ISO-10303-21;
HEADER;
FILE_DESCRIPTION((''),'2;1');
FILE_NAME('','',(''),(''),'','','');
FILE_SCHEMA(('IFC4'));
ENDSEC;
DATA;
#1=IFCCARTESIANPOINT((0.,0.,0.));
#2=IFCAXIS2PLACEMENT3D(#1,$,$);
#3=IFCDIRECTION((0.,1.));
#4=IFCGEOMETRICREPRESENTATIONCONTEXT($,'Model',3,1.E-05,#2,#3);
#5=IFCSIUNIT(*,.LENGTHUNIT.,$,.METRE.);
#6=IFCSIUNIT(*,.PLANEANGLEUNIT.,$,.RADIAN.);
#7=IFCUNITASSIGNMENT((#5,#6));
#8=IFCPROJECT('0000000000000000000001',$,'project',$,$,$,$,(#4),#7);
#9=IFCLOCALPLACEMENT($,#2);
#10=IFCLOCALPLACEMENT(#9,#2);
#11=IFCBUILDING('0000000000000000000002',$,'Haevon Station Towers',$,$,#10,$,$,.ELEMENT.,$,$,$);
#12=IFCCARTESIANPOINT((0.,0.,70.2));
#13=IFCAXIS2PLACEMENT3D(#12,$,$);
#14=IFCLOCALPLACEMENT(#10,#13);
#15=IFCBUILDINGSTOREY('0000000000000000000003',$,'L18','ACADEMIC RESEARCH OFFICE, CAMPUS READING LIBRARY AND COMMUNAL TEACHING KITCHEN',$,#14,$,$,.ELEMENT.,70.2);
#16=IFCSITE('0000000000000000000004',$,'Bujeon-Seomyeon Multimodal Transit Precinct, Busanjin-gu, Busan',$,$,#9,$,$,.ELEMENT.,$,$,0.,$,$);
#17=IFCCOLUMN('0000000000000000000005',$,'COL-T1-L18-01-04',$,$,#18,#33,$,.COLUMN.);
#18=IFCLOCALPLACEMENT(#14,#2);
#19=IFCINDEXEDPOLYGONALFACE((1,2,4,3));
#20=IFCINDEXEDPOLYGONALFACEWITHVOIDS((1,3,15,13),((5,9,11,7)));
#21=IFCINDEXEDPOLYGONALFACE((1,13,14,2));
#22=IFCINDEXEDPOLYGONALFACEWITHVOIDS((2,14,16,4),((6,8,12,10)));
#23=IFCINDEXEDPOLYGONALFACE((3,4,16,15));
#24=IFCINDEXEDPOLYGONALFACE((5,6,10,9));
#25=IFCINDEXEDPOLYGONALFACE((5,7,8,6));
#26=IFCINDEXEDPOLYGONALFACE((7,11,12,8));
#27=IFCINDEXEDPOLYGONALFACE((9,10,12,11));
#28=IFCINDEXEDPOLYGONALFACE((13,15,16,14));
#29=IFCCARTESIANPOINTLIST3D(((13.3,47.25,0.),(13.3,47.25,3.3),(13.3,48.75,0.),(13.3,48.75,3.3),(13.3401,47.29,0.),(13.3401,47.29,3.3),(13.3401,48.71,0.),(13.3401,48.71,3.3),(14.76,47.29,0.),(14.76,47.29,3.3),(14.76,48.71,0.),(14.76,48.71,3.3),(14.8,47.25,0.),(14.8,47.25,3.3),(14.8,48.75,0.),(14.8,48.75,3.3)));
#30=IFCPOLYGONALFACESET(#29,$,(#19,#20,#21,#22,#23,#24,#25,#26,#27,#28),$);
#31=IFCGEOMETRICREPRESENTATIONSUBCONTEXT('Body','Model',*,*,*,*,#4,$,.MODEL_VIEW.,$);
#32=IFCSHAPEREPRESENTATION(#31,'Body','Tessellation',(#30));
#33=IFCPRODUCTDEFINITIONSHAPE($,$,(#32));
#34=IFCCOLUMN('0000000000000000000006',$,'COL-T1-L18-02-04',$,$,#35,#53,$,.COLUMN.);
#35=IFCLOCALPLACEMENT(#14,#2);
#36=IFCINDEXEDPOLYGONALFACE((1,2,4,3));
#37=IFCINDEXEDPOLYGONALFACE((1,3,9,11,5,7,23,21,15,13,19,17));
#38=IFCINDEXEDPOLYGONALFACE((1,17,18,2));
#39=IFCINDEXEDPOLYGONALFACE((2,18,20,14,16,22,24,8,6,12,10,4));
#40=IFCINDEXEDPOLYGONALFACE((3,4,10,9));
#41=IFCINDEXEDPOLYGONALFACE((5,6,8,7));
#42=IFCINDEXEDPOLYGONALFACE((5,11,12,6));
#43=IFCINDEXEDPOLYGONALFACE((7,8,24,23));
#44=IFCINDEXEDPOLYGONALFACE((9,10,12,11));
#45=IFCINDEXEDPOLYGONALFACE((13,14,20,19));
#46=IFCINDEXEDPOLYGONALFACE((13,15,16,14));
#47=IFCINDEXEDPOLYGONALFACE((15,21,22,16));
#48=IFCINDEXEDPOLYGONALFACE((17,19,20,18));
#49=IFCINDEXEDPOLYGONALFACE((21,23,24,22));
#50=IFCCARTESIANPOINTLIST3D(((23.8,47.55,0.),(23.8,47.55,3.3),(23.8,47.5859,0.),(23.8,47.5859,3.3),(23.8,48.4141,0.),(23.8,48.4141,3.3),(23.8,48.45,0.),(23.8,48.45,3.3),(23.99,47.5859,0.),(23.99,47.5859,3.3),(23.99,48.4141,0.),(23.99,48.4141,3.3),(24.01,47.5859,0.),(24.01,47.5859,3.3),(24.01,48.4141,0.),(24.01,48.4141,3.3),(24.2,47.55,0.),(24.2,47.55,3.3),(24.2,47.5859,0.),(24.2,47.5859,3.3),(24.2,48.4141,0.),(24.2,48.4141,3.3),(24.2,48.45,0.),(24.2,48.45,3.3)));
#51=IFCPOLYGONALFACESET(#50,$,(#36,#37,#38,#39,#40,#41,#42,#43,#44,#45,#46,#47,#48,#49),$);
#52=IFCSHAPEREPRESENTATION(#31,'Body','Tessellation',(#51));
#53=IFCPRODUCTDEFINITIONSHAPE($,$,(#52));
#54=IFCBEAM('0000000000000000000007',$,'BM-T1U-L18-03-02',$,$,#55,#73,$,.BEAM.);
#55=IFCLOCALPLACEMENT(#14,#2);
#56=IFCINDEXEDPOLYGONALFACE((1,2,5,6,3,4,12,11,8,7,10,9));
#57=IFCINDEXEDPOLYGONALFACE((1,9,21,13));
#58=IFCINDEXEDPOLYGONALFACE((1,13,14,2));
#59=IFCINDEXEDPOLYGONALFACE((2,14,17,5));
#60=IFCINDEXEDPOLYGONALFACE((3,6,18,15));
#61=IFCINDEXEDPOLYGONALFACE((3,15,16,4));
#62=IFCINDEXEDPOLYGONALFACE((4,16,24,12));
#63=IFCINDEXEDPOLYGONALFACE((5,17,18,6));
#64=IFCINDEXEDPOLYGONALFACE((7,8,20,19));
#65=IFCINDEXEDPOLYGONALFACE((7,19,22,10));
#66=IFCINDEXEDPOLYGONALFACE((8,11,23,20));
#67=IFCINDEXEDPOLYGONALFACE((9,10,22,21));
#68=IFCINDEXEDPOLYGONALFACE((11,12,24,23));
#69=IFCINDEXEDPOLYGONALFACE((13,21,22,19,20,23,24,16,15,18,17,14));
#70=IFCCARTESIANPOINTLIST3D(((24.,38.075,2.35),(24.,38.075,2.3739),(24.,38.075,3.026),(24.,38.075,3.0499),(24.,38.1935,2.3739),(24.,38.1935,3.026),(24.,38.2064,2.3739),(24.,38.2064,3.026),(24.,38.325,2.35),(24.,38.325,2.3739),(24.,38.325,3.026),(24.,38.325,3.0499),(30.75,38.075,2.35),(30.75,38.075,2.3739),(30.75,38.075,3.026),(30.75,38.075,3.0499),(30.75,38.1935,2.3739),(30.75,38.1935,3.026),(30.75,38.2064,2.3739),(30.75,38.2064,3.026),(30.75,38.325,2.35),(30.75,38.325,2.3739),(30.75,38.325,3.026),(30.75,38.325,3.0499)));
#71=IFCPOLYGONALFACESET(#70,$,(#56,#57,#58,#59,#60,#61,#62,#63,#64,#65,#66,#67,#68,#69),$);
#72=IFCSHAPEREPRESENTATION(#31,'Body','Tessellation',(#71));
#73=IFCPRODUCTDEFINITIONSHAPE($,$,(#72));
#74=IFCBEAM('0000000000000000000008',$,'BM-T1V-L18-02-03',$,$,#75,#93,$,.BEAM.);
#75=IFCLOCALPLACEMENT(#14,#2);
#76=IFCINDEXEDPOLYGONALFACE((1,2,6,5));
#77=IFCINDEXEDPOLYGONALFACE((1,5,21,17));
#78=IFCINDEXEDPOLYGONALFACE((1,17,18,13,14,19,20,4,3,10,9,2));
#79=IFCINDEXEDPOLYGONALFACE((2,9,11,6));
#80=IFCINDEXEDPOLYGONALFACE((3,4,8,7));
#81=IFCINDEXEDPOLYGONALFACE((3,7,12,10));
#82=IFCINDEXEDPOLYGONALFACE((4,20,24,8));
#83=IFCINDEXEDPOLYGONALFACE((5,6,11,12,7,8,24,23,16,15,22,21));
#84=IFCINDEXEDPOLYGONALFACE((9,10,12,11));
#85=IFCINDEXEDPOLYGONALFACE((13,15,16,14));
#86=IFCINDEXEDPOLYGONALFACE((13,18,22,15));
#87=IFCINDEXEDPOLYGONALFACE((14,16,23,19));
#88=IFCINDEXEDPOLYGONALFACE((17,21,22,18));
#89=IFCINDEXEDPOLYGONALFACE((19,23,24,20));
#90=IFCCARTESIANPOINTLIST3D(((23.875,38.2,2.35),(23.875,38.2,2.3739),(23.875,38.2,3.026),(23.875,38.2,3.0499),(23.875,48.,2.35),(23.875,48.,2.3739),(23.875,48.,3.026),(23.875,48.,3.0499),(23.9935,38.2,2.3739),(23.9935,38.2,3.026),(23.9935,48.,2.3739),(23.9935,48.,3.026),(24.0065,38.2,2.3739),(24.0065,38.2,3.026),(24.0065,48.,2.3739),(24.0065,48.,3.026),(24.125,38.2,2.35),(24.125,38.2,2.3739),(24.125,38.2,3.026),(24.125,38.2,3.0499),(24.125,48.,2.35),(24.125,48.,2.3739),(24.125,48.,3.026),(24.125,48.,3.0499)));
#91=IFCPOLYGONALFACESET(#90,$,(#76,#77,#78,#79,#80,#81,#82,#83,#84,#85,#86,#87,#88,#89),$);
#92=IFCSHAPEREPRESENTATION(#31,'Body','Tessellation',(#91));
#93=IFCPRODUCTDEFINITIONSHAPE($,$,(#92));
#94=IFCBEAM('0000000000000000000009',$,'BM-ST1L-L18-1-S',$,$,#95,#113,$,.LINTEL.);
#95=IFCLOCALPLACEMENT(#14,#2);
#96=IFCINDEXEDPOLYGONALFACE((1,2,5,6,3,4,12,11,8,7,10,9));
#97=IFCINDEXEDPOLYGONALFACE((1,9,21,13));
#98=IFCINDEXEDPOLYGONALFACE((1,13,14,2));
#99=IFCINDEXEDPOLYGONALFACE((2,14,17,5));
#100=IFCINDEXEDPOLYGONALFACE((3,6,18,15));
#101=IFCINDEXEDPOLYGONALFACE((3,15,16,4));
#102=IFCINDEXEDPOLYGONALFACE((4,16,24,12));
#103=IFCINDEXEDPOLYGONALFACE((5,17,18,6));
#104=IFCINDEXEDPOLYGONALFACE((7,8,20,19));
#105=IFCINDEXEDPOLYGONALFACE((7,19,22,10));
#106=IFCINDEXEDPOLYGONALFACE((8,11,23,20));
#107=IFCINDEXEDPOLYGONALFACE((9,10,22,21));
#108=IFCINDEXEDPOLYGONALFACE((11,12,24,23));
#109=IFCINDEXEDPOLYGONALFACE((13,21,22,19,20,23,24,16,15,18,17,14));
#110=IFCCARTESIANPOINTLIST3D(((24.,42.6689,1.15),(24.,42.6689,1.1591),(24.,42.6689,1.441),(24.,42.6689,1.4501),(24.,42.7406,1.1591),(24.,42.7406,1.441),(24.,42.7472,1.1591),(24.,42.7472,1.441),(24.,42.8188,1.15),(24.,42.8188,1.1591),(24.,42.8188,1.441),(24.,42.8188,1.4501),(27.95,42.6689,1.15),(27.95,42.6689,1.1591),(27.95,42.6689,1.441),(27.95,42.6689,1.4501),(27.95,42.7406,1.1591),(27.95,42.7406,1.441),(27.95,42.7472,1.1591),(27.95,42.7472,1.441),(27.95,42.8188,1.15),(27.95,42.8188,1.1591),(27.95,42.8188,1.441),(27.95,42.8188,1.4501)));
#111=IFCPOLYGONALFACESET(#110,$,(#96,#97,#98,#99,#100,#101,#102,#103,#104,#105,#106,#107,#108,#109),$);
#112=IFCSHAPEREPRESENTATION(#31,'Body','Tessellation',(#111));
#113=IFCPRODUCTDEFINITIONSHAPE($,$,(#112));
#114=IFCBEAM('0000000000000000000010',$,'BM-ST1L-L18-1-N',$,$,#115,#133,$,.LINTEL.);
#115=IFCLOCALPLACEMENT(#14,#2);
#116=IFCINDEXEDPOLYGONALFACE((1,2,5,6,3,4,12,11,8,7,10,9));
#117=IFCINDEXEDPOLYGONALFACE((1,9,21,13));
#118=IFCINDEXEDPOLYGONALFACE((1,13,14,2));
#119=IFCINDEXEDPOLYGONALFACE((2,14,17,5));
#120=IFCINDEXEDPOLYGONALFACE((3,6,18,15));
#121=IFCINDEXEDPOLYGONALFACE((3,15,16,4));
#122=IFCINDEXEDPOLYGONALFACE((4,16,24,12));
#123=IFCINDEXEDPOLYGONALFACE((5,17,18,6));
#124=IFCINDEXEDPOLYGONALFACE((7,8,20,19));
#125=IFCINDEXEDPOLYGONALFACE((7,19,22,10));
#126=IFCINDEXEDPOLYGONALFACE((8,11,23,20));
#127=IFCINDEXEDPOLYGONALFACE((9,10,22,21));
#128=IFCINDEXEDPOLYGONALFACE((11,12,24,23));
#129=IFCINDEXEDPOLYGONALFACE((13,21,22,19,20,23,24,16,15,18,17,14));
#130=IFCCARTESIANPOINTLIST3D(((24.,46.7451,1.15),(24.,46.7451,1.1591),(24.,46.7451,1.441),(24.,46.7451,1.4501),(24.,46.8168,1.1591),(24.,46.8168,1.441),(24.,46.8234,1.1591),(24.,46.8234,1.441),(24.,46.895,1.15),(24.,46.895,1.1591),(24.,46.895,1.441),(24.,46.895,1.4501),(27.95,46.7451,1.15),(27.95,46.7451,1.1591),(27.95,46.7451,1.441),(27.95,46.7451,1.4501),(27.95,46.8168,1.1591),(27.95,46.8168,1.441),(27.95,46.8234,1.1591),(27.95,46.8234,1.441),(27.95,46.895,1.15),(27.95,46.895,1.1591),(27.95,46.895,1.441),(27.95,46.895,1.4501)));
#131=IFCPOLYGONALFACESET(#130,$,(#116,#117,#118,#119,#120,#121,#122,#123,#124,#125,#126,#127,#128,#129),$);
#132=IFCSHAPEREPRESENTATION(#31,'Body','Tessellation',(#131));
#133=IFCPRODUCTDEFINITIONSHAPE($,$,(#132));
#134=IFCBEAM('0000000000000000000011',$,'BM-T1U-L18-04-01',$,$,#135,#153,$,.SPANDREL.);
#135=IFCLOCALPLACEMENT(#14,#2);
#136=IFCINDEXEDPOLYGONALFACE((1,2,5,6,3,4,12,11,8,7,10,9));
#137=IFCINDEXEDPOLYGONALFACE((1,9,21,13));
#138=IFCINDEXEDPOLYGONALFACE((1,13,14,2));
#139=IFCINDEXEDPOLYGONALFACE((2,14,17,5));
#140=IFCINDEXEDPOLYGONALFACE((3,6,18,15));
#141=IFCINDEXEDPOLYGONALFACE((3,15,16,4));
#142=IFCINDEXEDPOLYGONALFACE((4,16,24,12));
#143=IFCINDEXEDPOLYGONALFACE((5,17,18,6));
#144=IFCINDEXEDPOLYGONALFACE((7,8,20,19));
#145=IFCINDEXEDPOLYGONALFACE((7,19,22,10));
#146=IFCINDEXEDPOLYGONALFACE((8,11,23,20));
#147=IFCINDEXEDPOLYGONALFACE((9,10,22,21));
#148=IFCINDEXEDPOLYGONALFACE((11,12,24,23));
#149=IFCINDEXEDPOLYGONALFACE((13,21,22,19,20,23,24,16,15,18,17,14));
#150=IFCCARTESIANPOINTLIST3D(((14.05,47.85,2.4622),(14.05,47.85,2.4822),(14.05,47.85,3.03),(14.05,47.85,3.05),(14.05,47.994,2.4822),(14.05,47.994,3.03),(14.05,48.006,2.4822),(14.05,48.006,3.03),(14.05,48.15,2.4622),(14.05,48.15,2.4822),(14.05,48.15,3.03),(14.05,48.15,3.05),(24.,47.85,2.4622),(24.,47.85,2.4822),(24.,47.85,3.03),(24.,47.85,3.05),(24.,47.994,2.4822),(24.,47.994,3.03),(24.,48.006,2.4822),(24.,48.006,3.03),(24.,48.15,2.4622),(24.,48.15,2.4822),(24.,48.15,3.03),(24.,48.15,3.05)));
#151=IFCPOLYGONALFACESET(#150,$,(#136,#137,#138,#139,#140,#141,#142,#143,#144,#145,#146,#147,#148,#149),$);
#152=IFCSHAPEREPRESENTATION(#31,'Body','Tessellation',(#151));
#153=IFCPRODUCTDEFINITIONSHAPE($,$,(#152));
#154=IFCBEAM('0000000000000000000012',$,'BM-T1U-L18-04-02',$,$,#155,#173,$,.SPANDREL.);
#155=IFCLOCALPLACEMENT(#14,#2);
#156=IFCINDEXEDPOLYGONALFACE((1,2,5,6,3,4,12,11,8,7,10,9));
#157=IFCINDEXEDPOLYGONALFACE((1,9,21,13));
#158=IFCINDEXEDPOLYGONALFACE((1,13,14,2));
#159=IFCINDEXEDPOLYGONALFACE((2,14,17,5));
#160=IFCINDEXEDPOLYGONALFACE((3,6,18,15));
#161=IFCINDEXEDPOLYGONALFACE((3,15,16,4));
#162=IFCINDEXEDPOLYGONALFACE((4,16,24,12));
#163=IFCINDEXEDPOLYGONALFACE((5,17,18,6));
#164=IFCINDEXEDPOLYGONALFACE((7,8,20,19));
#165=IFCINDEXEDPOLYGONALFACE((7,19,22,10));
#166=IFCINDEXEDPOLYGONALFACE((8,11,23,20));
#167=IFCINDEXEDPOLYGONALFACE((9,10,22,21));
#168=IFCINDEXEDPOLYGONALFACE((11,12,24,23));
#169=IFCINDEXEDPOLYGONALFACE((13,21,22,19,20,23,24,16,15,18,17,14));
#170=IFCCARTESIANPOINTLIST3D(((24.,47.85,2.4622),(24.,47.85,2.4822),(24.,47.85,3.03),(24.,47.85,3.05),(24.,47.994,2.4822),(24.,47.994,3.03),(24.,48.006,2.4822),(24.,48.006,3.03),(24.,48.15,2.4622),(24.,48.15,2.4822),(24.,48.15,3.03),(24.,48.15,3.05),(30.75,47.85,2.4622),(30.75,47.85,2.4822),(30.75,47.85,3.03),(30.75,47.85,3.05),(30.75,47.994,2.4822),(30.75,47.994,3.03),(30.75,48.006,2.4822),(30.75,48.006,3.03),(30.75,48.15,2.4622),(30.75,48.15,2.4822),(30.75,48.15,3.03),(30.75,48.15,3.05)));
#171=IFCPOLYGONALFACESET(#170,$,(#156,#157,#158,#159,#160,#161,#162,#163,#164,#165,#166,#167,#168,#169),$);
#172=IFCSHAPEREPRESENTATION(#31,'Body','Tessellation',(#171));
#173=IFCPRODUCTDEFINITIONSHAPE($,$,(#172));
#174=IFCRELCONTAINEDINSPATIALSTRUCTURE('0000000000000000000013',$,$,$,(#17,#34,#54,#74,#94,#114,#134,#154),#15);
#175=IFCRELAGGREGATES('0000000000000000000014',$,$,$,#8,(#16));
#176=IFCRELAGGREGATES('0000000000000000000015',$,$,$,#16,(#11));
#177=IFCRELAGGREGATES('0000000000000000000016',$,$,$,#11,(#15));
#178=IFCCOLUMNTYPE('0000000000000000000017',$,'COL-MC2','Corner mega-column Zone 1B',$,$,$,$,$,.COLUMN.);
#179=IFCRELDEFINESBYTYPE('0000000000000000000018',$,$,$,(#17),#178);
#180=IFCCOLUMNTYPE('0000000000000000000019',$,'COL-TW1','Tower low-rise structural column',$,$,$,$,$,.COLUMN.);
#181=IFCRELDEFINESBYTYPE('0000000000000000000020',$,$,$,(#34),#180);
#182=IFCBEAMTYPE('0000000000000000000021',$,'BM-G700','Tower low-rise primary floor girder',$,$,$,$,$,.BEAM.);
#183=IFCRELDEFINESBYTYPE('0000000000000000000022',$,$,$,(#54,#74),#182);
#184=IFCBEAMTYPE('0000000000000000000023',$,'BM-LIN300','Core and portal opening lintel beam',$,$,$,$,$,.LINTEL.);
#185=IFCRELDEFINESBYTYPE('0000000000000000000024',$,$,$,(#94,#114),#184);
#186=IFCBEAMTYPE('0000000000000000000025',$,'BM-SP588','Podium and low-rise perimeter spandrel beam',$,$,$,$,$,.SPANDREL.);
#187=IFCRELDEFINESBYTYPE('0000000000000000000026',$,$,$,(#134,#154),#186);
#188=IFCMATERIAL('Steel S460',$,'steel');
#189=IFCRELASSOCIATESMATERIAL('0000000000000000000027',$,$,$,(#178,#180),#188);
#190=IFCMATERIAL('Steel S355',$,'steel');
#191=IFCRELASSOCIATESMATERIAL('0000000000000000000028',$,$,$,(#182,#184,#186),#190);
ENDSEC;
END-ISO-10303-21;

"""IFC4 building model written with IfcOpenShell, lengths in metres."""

from ifc_helpers import new_model, si_unit, direction, frame, origin, origin_2d, place, context, subcontext, project, spatial, hollow_rectangle, i_section, extrude, material, material_profile, profile_set, type_object, element, save


model = new_model("IFC4")

# Units and contexts
model_context = context("Model", 3, precision=1e-05, world=origin(), true_north=direction((0.0, 1.0)))
body_context = subcontext(model_context, "Body", "Model", "MODEL_VIEW")
ifc_project = project(units=[si_unit("LENGTHUNIT", "METRE"), si_unit("PLANEANGLEUNIT", "RADIAN")], contexts=[model_context])

# Site, building, storey
site_placement = place(None, origin())
site = spatial("IfcSite", under=ifc_project, at=site_placement, Name="Bujeon-Seomyeon Multimodal Transit Precinct, Busanjin-gu, Busan", CompositionType="ELEMENT", RefElevation=0.0)
building_placement = place(site_placement, origin())
building = spatial("IfcBuilding", under=site, at=building_placement, Name="Haevon Station Towers", CompositionType="ELEMENT")
storey_placement = place(building_placement, frame((0.0, 0.0, 70.2)))
storey = spatial("IfcBuildingStorey", under=building, at=storey_placement, Name="L18", Description="ACADEMIC RESEARCH OFFICE, CAMPUS READING LIBRARY AND COMMUNAL TEACHING KITCHEN", CompositionType="ELEMENT", Elevation=70.2)

# Columns
ifc_material_1 = material(Name="Steel S460", Category="steel")
ifc_material_profile_1 = material_profile(ifc_material_1, hollow_rectangle(XDim=1.5, YDim=1.5, WallThickness=0.04, at=origin_2d()), Name="BOX-1500x1500x40")
ifc_profile_set_1 = profile_set([ifc_material_profile_1], Name="Steel S460")
column_type_1 = type_object("IfcColumnType", Name="COL-MC2", Description="Corner mega-column Zone 1B", PredefinedType="COLUMN", material=ifc_profile_set_1)
column_1_placement = place(storey_placement, frame((14.05, 48.0, 0.0), z_axis=(0.0, 0.0, 1.0), x_axis=(1.0, 0.0, 0.0)))
element("IfcColumn", 1, at=column_1_placement, inside=storey, type_object=column_type_1, Name="COL-T1-L18-01-04", PredefinedType="COLUMN", context=body_context, shape_type="SweptSolid", body=[
    extrude(hollow_rectangle(XDim=1.5, YDim=1.5, WallThickness=0.04, at=origin_2d()), origin(), (0.0, 0.0, 1.0), 3.3),
])
ifc_material_profile_2 = material_profile(ifc_material_1, i_section(OverallWidth=0.3999, OverallDepth=0.8999, WebThickness=0.02, FlangeThickness=0.0359, at=origin_2d()), Name="H-900x400x20x36")
ifc_profile_set_2 = profile_set([ifc_material_profile_2], Name="Steel S460")
column_type_2 = type_object("IfcColumnType", Name="COL-TW1", Description="Tower low-rise structural column", PredefinedType="COLUMN", material=ifc_profile_set_2)
column_2_placement = place(storey_placement, frame((24.0, 48.0, 0.0), z_axis=(0.0, 0.0, 1.0), x_axis=(1.0, 0.0, 0.0)))
element("IfcColumn", 2, at=column_2_placement, inside=storey, type_object=column_type_2, Name="COL-T1-L18-02-04", PredefinedType="COLUMN", context=body_context, shape_type="SweptSolid", body=[
    extrude(i_section(OverallWidth=0.3999, OverallDepth=0.8999, WebThickness=0.02, FlangeThickness=0.0359, at=origin_2d()), origin(), (0.0, 0.0, 1.0), 3.3),
])

# Beams
ifc_material_2 = material(Name="Steel S355", Category="steel")
ifc_material_profile_3 = material_profile(ifc_material_2, i_section(OverallWidth=0.25, OverallDepth=0.7, WebThickness=0.0129, FlangeThickness=0.0239, at=origin_2d()), Name="H-700x250x13x24")
ifc_profile_set_3 = profile_set([ifc_material_profile_3], Name="Steel S355")
beam_type_1 = type_object("IfcBeamType", Name="BM-G700", Description="Tower low-rise primary floor girder", PredefinedType="BEAM", material=ifc_profile_set_3)
beam_1_placement = place(storey_placement, frame((24.0, 38.2, 2.7), z_axis=(1.0, 0.0, 0.0), x_axis=(0.0, 1.0, 0.0)))
element("IfcBeam", 3, at=beam_1_placement, inside=storey, type_object=beam_type_1, Name="BM-T1U-L18-03-02", PredefinedType="BEAM", context=body_context, shape_type="SweptSolid", body=[
    extrude(i_section(OverallWidth=0.25, OverallDepth=0.7, WebThickness=0.0129, FlangeThickness=0.0239, at=origin_2d()), origin(), (0.0, 0.0, 1.0), 6.75),
])
beam_2_placement = place(storey_placement, frame((24.0, 38.2, 2.7), z_axis=(0.0, 1.0, 0.0), x_axis=(-1.0, 0.0, 0.0)))
element("IfcBeam", 4, at=beam_2_placement, inside=storey, type_object=beam_type_1, Name="BM-T1V-L18-02-03", PredefinedType="BEAM", context=body_context, shape_type="SweptSolid", body=[
    extrude(i_section(OverallWidth=0.25, OverallDepth=0.7, WebThickness=0.0129, FlangeThickness=0.0239, at=origin_2d()), origin(), (0.0, 0.0, 1.0), 9.8),
])
ifc_material_profile_4 = material_profile(ifc_material_2, i_section(OverallWidth=0.1499, OverallDepth=0.3, WebThickness=0.0066, FlangeThickness=0.009, at=origin_2d()), Name="H-300x150x6.5x9")
ifc_profile_set_4 = profile_set([ifc_material_profile_4], Name="Steel S355")
beam_type_2 = type_object("IfcBeamType", Name="BM-LIN300", Description="Core and portal opening lintel beam", PredefinedType="LINTEL", material=ifc_profile_set_4)
for number, where, z_axis, x_axis, name in (
    (5, (24.0, 42.7439, 1.3), (1.0, 0.0, 0.0), (0.0, 1.0, 0.0), "BM-ST1L-L18-1-S"),
    (6, (24.0, 46.8201, 1.3), (1.0, 0.0, 0.0), (0.0, 1.0, 0.0), "BM-ST1L-L18-1-N"),
):
    element("IfcBeam", number, at=place(storey_placement, frame(where, z_axis=z_axis, x_axis=x_axis)), inside=storey, type_object=beam_type_2, Name=name, PredefinedType="LINTEL", context=body_context, shape_type="SweptSolid", body=[
        extrude(i_section(OverallWidth=0.1499, OverallDepth=0.3, WebThickness=0.0066, FlangeThickness=0.009, at=origin_2d()), origin(), (0.0, 0.0, 1.0), 3.95),
    ])
ifc_material_profile_5 = material_profile(ifc_material_2, i_section(OverallWidth=0.3, OverallDepth=0.5879, WebThickness=0.012, FlangeThickness=0.02, at=origin_2d()), Name="H-588x300x12x20")
ifc_profile_set_5 = profile_set([ifc_material_profile_5], Name="Steel S355")
beam_type_3 = type_object("IfcBeamType", Name="BM-SP588", Description="Podium and low-rise perimeter spandrel beam", PredefinedType="SPANDREL", material=ifc_profile_set_5)
beam_3_placement = place(storey_placement, frame((14.05, 48.0, 2.7561), z_axis=(1.0, 0.0, 0.0), x_axis=(0.0, 1.0, 0.0)))
element("IfcBeam", 7, at=beam_3_placement, inside=storey, type_object=beam_type_3, Name="BM-T1U-L18-04-01", PredefinedType="SPANDREL", context=body_context, shape_type="SweptSolid", body=[
    extrude(i_section(OverallWidth=0.3, OverallDepth=0.5879, WebThickness=0.012, FlangeThickness=0.02, at=origin_2d()), origin(), (0.0, 0.0, 1.0), 9.95),
])
beam_4_placement = place(storey_placement, frame((24.0, 48.0, 2.7561), z_axis=(1.0, 0.0, 0.0), x_axis=(0.0, 1.0, 0.0)))
element("IfcBeam", 8, at=beam_4_placement, inside=storey, type_object=beam_type_3, Name="BM-T1U-L18-04-02", PredefinedType="SPANDREL", context=body_context, shape_type="SweptSolid", body=[
    extrude(i_section(OverallWidth=0.3, OverallDepth=0.5879, WebThickness=0.012, FlangeThickness=0.02, at=origin_2d()), origin(), (0.0, 0.0, 1.0), 6.75),
])

save(model, "model.ifc")
